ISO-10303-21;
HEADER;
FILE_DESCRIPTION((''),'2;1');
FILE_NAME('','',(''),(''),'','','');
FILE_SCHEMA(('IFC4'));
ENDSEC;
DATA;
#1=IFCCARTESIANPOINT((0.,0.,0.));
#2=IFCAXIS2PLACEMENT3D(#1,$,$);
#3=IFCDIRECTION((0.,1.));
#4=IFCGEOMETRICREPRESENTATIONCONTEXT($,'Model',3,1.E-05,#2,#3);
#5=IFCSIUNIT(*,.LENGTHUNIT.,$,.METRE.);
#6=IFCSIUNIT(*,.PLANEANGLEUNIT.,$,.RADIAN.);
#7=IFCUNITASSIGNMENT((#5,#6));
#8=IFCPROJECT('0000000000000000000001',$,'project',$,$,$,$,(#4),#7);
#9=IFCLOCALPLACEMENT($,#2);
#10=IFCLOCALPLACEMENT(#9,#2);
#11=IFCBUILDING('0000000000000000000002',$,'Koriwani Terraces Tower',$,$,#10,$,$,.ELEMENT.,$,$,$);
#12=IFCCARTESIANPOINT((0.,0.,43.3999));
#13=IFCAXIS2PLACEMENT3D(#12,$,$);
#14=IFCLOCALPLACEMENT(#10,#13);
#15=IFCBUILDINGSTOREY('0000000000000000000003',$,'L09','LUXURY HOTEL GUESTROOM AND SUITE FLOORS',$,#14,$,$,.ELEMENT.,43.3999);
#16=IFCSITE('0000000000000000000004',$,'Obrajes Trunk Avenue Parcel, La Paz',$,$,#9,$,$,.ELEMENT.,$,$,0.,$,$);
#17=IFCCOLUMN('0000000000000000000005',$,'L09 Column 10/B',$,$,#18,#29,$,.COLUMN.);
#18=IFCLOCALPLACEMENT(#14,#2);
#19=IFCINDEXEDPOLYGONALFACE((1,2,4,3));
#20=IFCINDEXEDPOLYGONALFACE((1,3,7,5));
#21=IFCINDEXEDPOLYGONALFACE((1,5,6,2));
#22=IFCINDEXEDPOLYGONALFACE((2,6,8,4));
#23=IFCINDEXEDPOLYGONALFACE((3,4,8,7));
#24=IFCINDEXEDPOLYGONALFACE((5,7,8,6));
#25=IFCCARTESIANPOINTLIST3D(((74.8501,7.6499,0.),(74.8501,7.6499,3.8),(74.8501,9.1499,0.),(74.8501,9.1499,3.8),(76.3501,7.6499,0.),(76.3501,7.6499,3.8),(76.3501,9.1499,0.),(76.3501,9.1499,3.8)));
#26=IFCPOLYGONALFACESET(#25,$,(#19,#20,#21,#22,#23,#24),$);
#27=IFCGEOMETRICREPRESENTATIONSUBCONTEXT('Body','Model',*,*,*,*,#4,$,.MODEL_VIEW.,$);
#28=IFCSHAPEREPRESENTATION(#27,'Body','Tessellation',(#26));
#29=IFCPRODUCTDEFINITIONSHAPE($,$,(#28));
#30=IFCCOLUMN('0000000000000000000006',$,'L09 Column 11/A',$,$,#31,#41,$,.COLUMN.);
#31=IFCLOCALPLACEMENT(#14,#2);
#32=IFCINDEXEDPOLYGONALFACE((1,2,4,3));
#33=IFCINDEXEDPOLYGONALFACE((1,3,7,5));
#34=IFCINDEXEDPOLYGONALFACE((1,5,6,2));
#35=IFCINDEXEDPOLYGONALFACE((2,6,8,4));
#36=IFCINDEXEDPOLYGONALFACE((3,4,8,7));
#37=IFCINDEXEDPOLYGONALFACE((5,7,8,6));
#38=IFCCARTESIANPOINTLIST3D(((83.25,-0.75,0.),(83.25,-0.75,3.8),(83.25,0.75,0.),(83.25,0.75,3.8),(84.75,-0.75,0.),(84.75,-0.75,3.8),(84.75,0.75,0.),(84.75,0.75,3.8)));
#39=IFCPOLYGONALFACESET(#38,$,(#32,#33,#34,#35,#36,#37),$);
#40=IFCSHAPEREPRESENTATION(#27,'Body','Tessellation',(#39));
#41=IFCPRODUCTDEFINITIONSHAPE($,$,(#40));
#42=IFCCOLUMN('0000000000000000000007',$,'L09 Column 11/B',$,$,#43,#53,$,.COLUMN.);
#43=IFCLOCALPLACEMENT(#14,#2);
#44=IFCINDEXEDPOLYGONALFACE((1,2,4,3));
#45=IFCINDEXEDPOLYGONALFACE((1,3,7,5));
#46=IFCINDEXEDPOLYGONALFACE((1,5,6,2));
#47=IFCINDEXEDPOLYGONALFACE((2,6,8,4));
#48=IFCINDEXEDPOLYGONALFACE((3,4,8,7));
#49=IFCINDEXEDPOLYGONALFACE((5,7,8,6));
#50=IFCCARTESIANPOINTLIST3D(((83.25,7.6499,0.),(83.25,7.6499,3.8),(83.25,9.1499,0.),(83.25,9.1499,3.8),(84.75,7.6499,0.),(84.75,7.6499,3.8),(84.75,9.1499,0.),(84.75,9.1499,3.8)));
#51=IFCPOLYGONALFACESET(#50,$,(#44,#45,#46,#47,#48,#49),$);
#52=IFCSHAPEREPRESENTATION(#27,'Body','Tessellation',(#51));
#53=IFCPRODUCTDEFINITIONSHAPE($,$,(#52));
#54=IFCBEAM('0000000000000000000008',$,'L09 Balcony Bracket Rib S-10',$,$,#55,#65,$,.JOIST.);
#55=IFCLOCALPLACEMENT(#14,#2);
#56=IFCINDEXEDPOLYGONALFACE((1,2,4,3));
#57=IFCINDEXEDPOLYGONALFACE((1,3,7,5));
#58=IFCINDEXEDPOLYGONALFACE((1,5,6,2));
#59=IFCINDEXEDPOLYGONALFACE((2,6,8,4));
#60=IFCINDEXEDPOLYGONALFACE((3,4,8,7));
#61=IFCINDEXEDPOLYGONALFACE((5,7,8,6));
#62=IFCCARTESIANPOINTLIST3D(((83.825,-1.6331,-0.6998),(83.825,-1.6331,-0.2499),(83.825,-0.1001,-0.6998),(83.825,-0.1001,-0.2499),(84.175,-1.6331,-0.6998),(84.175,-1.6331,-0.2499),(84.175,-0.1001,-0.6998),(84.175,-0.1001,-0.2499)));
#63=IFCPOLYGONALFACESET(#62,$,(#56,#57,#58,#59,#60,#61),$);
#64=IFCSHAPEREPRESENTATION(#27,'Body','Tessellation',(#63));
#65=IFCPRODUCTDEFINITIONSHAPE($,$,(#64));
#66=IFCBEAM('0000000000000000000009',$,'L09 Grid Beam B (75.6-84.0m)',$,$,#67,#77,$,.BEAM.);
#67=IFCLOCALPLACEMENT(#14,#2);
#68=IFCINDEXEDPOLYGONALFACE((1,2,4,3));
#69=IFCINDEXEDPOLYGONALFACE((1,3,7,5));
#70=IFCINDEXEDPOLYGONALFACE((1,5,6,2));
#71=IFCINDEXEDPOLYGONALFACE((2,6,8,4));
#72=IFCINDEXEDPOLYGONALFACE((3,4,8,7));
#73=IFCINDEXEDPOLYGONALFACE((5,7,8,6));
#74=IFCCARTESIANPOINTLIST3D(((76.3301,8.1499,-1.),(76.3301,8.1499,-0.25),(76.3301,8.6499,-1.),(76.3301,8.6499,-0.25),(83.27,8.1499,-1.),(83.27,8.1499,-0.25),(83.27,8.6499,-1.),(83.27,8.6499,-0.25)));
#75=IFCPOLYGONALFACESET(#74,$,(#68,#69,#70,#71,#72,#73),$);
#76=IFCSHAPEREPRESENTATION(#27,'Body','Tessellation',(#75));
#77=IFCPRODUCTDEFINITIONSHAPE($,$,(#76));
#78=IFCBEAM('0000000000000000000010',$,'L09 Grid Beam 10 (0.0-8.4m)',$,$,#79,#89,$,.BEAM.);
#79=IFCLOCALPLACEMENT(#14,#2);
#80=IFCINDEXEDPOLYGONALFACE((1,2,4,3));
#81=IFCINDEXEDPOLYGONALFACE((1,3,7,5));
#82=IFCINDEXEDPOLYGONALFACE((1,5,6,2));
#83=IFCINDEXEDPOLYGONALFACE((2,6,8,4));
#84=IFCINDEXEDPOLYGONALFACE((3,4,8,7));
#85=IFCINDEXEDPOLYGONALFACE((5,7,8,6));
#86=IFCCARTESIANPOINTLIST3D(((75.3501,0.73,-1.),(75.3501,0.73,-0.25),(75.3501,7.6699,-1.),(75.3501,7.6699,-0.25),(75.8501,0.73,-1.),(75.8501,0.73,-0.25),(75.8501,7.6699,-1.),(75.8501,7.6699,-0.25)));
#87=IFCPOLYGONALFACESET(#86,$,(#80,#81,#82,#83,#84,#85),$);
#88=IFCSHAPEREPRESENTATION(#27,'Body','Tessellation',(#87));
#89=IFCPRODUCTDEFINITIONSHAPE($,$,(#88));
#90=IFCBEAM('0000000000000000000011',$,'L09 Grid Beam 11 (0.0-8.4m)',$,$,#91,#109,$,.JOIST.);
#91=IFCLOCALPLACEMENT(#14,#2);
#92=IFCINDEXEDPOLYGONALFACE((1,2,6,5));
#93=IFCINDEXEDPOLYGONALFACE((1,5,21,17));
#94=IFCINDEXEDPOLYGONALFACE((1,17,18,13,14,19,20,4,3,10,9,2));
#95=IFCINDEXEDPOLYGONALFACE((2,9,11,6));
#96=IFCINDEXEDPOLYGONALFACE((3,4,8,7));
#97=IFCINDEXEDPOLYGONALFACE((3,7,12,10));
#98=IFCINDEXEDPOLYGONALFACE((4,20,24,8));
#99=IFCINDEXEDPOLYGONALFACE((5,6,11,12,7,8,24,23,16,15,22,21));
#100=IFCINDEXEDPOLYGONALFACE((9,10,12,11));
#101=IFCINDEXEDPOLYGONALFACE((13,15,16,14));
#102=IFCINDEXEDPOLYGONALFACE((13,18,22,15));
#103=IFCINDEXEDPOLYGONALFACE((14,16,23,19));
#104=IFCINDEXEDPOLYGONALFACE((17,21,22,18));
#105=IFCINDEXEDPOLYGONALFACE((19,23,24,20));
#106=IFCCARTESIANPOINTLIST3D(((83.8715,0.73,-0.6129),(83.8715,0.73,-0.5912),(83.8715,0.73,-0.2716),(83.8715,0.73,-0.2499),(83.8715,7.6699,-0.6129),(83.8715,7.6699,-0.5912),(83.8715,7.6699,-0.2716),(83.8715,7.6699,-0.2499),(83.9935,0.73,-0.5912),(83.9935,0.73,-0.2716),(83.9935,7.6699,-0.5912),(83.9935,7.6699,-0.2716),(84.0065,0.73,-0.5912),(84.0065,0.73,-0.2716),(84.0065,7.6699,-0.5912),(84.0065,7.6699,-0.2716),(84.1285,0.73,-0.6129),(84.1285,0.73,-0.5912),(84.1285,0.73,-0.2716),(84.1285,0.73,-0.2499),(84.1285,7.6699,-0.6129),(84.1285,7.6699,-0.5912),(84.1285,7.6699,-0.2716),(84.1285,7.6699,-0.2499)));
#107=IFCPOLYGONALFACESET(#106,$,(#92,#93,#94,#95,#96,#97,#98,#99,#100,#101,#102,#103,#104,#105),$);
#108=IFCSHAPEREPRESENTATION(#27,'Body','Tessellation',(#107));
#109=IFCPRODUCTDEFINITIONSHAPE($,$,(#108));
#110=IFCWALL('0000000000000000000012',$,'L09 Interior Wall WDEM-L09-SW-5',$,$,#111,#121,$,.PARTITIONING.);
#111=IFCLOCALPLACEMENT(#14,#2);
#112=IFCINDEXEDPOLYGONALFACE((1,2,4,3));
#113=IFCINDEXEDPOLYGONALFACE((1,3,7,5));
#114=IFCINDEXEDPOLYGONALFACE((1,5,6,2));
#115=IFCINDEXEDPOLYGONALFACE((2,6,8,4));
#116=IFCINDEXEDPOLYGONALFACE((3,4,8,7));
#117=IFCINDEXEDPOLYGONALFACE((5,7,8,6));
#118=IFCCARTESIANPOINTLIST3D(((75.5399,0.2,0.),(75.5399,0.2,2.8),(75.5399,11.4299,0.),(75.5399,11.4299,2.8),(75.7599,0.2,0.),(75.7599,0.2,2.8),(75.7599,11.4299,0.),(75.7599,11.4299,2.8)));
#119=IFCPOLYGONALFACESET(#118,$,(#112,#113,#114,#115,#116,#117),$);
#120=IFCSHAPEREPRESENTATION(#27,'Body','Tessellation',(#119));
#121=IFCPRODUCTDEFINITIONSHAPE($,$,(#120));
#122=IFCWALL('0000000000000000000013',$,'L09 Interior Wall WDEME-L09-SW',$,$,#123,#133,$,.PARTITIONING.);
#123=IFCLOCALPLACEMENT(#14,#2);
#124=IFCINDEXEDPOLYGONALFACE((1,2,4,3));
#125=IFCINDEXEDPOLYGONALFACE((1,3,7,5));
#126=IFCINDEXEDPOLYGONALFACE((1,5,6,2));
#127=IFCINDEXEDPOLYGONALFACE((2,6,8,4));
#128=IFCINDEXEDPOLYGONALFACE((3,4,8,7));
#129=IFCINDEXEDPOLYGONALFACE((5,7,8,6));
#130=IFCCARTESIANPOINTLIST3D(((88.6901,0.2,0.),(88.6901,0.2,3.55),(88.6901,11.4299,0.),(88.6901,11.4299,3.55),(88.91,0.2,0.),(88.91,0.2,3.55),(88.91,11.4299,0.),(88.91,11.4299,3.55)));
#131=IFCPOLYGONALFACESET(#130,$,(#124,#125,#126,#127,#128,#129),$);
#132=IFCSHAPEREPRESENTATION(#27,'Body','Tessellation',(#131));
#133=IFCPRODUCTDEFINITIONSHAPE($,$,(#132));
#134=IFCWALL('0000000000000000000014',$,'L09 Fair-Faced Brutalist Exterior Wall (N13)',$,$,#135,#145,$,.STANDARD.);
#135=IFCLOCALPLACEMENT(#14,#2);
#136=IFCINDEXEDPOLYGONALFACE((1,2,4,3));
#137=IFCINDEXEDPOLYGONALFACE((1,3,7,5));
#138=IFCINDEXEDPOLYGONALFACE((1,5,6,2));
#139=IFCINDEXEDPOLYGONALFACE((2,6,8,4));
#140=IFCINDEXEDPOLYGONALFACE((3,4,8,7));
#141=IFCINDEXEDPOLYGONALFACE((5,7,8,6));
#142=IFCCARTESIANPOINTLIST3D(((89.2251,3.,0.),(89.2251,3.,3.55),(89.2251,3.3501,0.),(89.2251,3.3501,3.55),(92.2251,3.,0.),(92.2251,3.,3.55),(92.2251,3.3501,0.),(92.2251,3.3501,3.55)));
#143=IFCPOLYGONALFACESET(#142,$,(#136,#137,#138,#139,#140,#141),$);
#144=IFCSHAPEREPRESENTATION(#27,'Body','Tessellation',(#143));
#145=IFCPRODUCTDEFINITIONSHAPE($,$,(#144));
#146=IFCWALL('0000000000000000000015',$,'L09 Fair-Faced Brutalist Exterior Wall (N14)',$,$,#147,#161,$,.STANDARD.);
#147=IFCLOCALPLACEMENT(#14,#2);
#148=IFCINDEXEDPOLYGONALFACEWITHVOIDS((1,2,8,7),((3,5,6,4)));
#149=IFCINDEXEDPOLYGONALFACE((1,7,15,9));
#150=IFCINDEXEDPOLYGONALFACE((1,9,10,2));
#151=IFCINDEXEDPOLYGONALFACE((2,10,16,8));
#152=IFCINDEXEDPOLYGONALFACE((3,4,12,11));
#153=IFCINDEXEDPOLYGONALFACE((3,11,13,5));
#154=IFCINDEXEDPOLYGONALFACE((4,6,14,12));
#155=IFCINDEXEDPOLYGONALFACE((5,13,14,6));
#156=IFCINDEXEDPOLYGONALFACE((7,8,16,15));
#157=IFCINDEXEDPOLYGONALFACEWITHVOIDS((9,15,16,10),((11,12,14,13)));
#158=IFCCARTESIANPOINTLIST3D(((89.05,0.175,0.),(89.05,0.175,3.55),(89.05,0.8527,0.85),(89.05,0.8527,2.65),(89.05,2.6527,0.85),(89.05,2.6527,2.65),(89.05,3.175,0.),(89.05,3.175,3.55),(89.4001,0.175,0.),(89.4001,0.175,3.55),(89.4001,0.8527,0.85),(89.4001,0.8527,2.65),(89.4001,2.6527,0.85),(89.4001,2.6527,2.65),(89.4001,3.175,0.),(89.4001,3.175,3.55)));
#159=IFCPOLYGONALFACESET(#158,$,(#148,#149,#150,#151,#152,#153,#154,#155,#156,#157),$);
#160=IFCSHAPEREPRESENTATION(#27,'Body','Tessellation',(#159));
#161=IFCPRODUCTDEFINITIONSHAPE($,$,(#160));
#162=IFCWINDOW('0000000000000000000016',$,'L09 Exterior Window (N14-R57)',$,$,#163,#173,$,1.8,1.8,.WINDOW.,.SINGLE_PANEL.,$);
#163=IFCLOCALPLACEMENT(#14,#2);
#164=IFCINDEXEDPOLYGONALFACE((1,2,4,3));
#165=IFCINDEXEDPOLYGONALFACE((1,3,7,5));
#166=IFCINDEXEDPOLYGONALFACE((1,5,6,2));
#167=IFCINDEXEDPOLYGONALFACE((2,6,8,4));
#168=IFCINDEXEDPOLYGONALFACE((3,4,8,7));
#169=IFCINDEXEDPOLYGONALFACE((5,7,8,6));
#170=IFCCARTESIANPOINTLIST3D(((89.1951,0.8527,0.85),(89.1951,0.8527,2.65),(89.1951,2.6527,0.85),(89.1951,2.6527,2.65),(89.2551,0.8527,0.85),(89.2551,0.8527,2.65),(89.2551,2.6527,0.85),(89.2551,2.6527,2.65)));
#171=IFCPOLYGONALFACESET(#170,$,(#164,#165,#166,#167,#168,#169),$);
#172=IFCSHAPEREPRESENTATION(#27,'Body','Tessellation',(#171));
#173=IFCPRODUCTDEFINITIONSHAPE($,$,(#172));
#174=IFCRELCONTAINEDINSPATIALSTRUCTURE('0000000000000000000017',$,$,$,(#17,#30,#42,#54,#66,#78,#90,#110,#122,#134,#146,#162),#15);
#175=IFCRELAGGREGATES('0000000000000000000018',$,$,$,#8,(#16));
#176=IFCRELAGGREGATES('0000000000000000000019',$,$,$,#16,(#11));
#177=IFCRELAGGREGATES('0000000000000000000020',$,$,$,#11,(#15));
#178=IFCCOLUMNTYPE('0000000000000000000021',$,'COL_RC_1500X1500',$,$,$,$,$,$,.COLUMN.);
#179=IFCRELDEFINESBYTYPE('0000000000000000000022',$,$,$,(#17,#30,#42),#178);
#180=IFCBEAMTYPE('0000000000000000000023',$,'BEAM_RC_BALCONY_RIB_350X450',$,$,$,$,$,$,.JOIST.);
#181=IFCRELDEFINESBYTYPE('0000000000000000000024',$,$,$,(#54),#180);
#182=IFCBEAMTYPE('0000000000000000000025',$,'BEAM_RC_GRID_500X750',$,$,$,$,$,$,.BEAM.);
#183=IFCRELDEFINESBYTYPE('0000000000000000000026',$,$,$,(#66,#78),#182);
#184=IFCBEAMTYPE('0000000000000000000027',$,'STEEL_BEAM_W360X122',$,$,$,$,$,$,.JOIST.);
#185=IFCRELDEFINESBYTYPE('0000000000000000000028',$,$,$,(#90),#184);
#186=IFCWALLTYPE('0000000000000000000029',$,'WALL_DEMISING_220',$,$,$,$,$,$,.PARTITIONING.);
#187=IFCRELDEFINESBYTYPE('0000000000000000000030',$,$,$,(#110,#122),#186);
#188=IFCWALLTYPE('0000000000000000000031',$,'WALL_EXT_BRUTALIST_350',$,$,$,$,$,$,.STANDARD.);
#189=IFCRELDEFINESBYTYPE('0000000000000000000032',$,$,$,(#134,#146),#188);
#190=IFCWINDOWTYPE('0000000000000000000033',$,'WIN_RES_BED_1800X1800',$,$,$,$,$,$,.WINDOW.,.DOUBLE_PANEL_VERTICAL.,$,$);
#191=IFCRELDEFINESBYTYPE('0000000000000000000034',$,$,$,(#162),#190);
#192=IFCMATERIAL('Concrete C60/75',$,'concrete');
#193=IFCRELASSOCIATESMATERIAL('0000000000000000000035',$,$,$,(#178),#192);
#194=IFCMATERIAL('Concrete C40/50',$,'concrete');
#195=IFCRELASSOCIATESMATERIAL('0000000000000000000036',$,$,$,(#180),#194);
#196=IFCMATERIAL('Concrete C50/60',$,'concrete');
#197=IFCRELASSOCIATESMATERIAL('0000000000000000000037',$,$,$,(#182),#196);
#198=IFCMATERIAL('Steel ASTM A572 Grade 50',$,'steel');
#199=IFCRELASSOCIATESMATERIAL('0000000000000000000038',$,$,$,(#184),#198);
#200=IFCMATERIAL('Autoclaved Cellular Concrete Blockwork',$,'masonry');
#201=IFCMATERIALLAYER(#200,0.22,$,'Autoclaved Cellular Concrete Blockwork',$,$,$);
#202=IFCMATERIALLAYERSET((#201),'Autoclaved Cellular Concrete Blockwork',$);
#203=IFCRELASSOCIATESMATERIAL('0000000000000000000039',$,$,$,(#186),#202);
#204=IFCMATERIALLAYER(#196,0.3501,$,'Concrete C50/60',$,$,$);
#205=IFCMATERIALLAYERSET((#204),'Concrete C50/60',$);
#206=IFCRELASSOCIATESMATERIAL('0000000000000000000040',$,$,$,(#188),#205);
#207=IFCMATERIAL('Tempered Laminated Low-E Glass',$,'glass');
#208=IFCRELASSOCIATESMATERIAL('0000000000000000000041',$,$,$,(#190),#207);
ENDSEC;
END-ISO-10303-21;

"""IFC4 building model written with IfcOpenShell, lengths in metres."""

from ifc_helpers import new_model, si_unit, direction, frame, frame_2d, origin, origin_2d, place, context, subcontext, project, spatial, rectangle, i_section, extrude, material, layer, layer_set, material_profile, profile_set, type_object, element, fill, save


model = new_model("IFC4")

# Units and contexts
model_context = context("Model", 3, precision=1e-05, world=origin(), true_north=direction((0.0, 1.0)))
body_context = subcontext(model_context, "Body", "Model", "MODEL_VIEW")
ifc_project = project(units=[si_unit("LENGTHUNIT", "METRE"), si_unit("PLANEANGLEUNIT", "RADIAN")], contexts=[model_context])

# Site, building, storey
site_placement = place(None, origin())
site = spatial("IfcSite", under=ifc_project, at=site_placement, Name="Obrajes Trunk Avenue Parcel, La Paz", CompositionType="ELEMENT", RefElevation=0.0)
building_placement = place(site_placement, origin())
building = spatial("IfcBuilding", under=site, at=building_placement, Name="Koriwani Terraces Tower", CompositionType="ELEMENT")
storey_placement = place(building_placement, frame((0.0, 0.0, 43.3999)))
storey = spatial("IfcBuildingStorey", under=building, at=storey_placement, Name="L09", Description="LUXURY HOTEL GUESTROOM AND SUITE FLOORS", CompositionType="ELEMENT", Elevation=43.3999)

# Columns
ifc_material_1 = material(Name="Concrete C60/75", Category="concrete")
ifc_material_profile_1 = material_profile(ifc_material_1, rectangle(XDim=1.5, YDim=1.5, at=origin_2d()), Name="Concrete C60/75", Category="LoadBearing")
ifc_profile_set_1 = profile_set([ifc_material_profile_1], Name="Concrete C60/75")
column_type = type_object("IfcColumnType", Name="COL_RC_1500X1500", PredefinedType="COLUMN", material=ifc_profile_set_1)
for number, where, z_axis, x_axis, name in (
    (1, (75.6001, 8.3999, 0.0), (0.0, 0.0, 1.0), (1.0, 0.0, 0.0), "L09 Column 10/B"),
    (2, (84.0, 0.0, 0.0), (0.0, 0.0, 1.0), (1.0, 0.0, 0.0), "L09 Column 11/A"),
    (3, (84.0, 8.3999, 0.0), (0.0, 0.0, 1.0), (1.0, 0.0, 0.0), "L09 Column 11/B"),
):
    element("IfcColumn", number, at=place(storey_placement, frame(where, z_axis=z_axis, x_axis=x_axis)), inside=storey, type_object=column_type, Name=name, PredefinedType="COLUMN", context=body_context, shape_type="SweptSolid", body=[
        extrude(rectangle(XDim=1.5, YDim=1.5, at=origin_2d()), origin(), (0.0, 0.0, 1.0), 3.8),
    ])

# Beams
ifc_material_2 = material(Name="Concrete C40/50", Category="concrete")
ifc_material_profile_2 = material_profile(ifc_material_2, rectangle(XDim=0.3501, YDim=0.45, at=origin_2d()), Name="Concrete C40/50", Category="LoadBearing")
ifc_profile_set_2 = profile_set([ifc_material_profile_2], Name="Concrete C40/50")
beam_type_1 = type_object("IfcBeamType", Name="BEAM_RC_BALCONY_RIB_350X450", PredefinedType="JOIST", material=ifc_profile_set_2)
beam_1_placement = place(storey_placement, frame((84.0, -1.6331, -0.4749), z_axis=(0.0, 1.0, 0.0), x_axis=(-1.0, 0.0, 0.0)))
element("IfcBeam", 4, at=beam_1_placement, inside=storey, type_object=beam_type_1, Name="L09 Balcony Bracket Rib S-10", PredefinedType="JOIST", context=body_context, shape_type="SweptSolid", body=[
    extrude(rectangle(XDim=0.3501, YDim=0.45, at=origin_2d()), origin(), (0.0, 0.0, 1.0), 1.533),
])
ifc_material_3 = material(Name="Concrete C50/60", Category="concrete")
ifc_material_profile_3 = material_profile(ifc_material_3, rectangle(XDim=0.5, YDim=0.75, at=origin_2d()), Name="Concrete C50/60", Category="LoadBearing")
ifc_profile_set_3 = profile_set([ifc_material_profile_3], Name="Concrete C50/60")
beam_type_2 = type_object("IfcBeamType", Name="BEAM_RC_GRID_500X750", PredefinedType="BEAM", material=ifc_profile_set_3)
for number, where, z_axis, x_axis, name in (
    (5, (76.3301, 8.3999, -0.625), (1.0, 0.0, 0.0), (0.0, 1.0, 0.0), "L09 Grid Beam B (75.6-84.0m)"),
    (6, (75.6001, 0.73, -0.625), (0.0, 1.0, 0.0), (-1.0, 0.0, 0.0), "L09 Grid Beam 10 (0.0-8.4m)"),
):
    element("IfcBeam", number, at=place(storey_placement, frame(where, z_axis=z_axis, x_axis=x_axis)), inside=storey, type_object=beam_type_2, Name=name, PredefinedType="BEAM", context=body_context, shape_type="SweptSolid", body=[
        extrude(rectangle(XDim=0.5, YDim=0.75, at=origin_2d()), origin(), (0.0, 0.0, 1.0), 6.9399),
    ])
ifc_material_4 = material(Name="Steel ASTM A572 Grade 50", Category="steel")
ifc_material_profile_4 = material_profile(ifc_material_4, i_section(OverallWidth=0.2571, OverallDepth=0.363, WebThickness=0.0129, FlangeThickness=0.0217, at=origin_2d()), Name="Steel ASTM A572 Grade 50", Category="LoadBearing")
ifc_profile_set_4 = profile_set([ifc_material_profile_4], Name="Steel ASTM A572 Grade 50")
beam_type_3 = type_object("IfcBeamType", Name="STEEL_BEAM_W360X122", PredefinedType="JOIST", material=ifc_profile_set_4)
beam_2_placement = place(storey_placement, frame((84.0, 0.73, -0.4314), z_axis=(0.0, 1.0, 0.0), x_axis=(-1.0, 0.0, 0.0)))
element("IfcBeam", 7, at=beam_2_placement, inside=storey, type_object=beam_type_3, Name="L09 Grid Beam 11 (0.0-8.4m)", PredefinedType="JOIST", context=body_context, shape_type="SweptSolid", body=[
    extrude(i_section(OverallWidth=0.2571, OverallDepth=0.363, WebThickness=0.0129, FlangeThickness=0.0217, at=origin_2d()), origin(), (0.0, 0.0, 1.0), 6.9399),
])

# Walls
ifc_material_5 = material(Name="Autoclaved Cellular Concrete Blockwork", Category="masonry")
ifc_layer_1 = layer(ifc_material_5, 0.22, Name="Autoclaved Cellular Concrete Blockwork")
ifc_layer_set_1 = layer_set([ifc_layer_1], Name="Autoclaved Cellular Concrete Blockwork")
wall_type_1 = type_object("IfcWallType", Name="WALL_DEMISING_220", PredefinedType="PARTITIONING", material=ifc_layer_set_1)
wall_1_placement = place(storey_placement, frame((75.6499, 0.2, 0.0), z_axis=(0.0, 0.0, 1.0), x_axis=(0.0, 1.0, 0.0)))
element("IfcWall", 8, at=wall_1_placement, inside=storey, type_object=wall_type_1, Name="L09 Interior Wall WDEM-L09-SW-5", PredefinedType="PARTITIONING", context=body_context, shape_type="SweptSolid", body=[
    extrude(rectangle(XDim=11.23, YDim=0.22, at=frame_2d((5.615, 0.0))), origin(), (0.0, 0.0, 1.0), 2.8),
])
wall_2_placement = place(storey_placement, frame((88.8, 0.2, 0.0), z_axis=(0.0, 0.0, 1.0), x_axis=(0.0, 1.0, 0.0)))
element("IfcWall", 9, at=wall_2_placement, inside=storey, type_object=wall_type_1, Name="L09 Interior Wall WDEME-L09-SW", PredefinedType="PARTITIONING", context=body_context, shape_type="SweptSolid", body=[
    extrude(rectangle(XDim=11.23, YDim=0.22, at=frame_2d((5.615, 0.0))), origin(), (0.0, 0.0, 1.0), 3.55),
])
ifc_layer_2 = layer(ifc_material_3, 0.3501, Name="Concrete C50/60")
ifc_layer_set_2 = layer_set([ifc_layer_2], Name="Concrete C50/60")
wall_type_2 = type_object("IfcWallType", Name="WALL_EXT_BRUTALIST_350", PredefinedType="STANDARD", material=ifc_layer_set_2)
wall_3_placement = place(storey_placement, frame((92.2251, 3.175, 0.0), z_axis=(0.0, 0.0, 1.0), x_axis=(-1.0, 0.0, 0.0)))
element("IfcWall", 10, at=wall_3_placement, inside=storey, type_object=wall_type_2, Name="L09 Fair-Faced Brutalist Exterior Wall (N13)", PredefinedType="STANDARD", context=body_context, shape_type="SweptSolid", body=[
    extrude(rectangle(XDim=3.0, YDim=0.3501, at=frame_2d((1.5, 0.0))), origin(), (0.0, 0.0, 1.0), 3.55),
])

# Wall, opening, window
wall_4_placement = place(storey_placement, frame((89.2251, 3.175, 0.0), z_axis=(0.0, 0.0, 1.0), x_axis=(0.0, -1.0, 0.0)))
wall_4 = element("IfcWall", 11, at=wall_4_placement, inside=storey, type_object=wall_type_2, Name="L09 Fair-Faced Brutalist Exterior Wall (N14)", PredefinedType="STANDARD", context=body_context, shape_type="SweptSolid", body=[
    extrude(rectangle(XDim=3.0, YDim=0.3501, at=frame_2d((1.5, 0.0))), origin(), (0.0, 0.0, 1.0), 3.55),
])
opening_1_placement = place(wall_4_placement, frame((0.5225, 0.0, 0.8501)))
opening_1 = element("IfcOpeningElement", 12, at=opening_1_placement, cuts=wall_4, PredefinedType="OPENING", context=body_context, shape_type="SweptSolid", body=[
    extrude(rectangle(XDim=1.8, YDim=1.8, at=frame_2d((0.8999, 0.8999))), frame((0.0, 0.1851, 0.0), z_axis=(0.0, -1.0, 0.0), x_axis=(1.0, 0.0, 0.0)), (0.0, 0.0, 1.0), 0.3701),
])
ifc_material_6 = material(Name="Tempered Laminated Low-E Glass", Category="glass")
window_type_1 = type_object("IfcWindowType", Name="WIN_RES_BED_1800X1800", PartitioningType="DOUBLE_PANEL_VERTICAL", PredefinedType="WINDOW", material=ifc_material_6)
window_1_placement = place(opening_1_placement, origin())
window_1 = element("IfcWindow", 13, at=window_1_placement, inside=storey, type_object=window_type_1, Name="L09 Exterior Window (N14-R57)", OverallHeight=1.8, OverallWidth=1.8, PartitioningType="SINGLE_PANEL", PredefinedType="WINDOW", context=body_context, shape_type="SweptSolid", body=[
    extrude(rectangle(XDim=1.8, YDim=1.8, at=frame_2d((0.8999, 0.8999))), frame((0.0, 0.03, 0.0), z_axis=(0.0, -1.0, 0.0), x_axis=(1.0, 0.0, 0.0)), (0.0, 0.0, 1.0), 0.0601),
])
fill(opening_1, window_1)

save(model, "model.ifc")
